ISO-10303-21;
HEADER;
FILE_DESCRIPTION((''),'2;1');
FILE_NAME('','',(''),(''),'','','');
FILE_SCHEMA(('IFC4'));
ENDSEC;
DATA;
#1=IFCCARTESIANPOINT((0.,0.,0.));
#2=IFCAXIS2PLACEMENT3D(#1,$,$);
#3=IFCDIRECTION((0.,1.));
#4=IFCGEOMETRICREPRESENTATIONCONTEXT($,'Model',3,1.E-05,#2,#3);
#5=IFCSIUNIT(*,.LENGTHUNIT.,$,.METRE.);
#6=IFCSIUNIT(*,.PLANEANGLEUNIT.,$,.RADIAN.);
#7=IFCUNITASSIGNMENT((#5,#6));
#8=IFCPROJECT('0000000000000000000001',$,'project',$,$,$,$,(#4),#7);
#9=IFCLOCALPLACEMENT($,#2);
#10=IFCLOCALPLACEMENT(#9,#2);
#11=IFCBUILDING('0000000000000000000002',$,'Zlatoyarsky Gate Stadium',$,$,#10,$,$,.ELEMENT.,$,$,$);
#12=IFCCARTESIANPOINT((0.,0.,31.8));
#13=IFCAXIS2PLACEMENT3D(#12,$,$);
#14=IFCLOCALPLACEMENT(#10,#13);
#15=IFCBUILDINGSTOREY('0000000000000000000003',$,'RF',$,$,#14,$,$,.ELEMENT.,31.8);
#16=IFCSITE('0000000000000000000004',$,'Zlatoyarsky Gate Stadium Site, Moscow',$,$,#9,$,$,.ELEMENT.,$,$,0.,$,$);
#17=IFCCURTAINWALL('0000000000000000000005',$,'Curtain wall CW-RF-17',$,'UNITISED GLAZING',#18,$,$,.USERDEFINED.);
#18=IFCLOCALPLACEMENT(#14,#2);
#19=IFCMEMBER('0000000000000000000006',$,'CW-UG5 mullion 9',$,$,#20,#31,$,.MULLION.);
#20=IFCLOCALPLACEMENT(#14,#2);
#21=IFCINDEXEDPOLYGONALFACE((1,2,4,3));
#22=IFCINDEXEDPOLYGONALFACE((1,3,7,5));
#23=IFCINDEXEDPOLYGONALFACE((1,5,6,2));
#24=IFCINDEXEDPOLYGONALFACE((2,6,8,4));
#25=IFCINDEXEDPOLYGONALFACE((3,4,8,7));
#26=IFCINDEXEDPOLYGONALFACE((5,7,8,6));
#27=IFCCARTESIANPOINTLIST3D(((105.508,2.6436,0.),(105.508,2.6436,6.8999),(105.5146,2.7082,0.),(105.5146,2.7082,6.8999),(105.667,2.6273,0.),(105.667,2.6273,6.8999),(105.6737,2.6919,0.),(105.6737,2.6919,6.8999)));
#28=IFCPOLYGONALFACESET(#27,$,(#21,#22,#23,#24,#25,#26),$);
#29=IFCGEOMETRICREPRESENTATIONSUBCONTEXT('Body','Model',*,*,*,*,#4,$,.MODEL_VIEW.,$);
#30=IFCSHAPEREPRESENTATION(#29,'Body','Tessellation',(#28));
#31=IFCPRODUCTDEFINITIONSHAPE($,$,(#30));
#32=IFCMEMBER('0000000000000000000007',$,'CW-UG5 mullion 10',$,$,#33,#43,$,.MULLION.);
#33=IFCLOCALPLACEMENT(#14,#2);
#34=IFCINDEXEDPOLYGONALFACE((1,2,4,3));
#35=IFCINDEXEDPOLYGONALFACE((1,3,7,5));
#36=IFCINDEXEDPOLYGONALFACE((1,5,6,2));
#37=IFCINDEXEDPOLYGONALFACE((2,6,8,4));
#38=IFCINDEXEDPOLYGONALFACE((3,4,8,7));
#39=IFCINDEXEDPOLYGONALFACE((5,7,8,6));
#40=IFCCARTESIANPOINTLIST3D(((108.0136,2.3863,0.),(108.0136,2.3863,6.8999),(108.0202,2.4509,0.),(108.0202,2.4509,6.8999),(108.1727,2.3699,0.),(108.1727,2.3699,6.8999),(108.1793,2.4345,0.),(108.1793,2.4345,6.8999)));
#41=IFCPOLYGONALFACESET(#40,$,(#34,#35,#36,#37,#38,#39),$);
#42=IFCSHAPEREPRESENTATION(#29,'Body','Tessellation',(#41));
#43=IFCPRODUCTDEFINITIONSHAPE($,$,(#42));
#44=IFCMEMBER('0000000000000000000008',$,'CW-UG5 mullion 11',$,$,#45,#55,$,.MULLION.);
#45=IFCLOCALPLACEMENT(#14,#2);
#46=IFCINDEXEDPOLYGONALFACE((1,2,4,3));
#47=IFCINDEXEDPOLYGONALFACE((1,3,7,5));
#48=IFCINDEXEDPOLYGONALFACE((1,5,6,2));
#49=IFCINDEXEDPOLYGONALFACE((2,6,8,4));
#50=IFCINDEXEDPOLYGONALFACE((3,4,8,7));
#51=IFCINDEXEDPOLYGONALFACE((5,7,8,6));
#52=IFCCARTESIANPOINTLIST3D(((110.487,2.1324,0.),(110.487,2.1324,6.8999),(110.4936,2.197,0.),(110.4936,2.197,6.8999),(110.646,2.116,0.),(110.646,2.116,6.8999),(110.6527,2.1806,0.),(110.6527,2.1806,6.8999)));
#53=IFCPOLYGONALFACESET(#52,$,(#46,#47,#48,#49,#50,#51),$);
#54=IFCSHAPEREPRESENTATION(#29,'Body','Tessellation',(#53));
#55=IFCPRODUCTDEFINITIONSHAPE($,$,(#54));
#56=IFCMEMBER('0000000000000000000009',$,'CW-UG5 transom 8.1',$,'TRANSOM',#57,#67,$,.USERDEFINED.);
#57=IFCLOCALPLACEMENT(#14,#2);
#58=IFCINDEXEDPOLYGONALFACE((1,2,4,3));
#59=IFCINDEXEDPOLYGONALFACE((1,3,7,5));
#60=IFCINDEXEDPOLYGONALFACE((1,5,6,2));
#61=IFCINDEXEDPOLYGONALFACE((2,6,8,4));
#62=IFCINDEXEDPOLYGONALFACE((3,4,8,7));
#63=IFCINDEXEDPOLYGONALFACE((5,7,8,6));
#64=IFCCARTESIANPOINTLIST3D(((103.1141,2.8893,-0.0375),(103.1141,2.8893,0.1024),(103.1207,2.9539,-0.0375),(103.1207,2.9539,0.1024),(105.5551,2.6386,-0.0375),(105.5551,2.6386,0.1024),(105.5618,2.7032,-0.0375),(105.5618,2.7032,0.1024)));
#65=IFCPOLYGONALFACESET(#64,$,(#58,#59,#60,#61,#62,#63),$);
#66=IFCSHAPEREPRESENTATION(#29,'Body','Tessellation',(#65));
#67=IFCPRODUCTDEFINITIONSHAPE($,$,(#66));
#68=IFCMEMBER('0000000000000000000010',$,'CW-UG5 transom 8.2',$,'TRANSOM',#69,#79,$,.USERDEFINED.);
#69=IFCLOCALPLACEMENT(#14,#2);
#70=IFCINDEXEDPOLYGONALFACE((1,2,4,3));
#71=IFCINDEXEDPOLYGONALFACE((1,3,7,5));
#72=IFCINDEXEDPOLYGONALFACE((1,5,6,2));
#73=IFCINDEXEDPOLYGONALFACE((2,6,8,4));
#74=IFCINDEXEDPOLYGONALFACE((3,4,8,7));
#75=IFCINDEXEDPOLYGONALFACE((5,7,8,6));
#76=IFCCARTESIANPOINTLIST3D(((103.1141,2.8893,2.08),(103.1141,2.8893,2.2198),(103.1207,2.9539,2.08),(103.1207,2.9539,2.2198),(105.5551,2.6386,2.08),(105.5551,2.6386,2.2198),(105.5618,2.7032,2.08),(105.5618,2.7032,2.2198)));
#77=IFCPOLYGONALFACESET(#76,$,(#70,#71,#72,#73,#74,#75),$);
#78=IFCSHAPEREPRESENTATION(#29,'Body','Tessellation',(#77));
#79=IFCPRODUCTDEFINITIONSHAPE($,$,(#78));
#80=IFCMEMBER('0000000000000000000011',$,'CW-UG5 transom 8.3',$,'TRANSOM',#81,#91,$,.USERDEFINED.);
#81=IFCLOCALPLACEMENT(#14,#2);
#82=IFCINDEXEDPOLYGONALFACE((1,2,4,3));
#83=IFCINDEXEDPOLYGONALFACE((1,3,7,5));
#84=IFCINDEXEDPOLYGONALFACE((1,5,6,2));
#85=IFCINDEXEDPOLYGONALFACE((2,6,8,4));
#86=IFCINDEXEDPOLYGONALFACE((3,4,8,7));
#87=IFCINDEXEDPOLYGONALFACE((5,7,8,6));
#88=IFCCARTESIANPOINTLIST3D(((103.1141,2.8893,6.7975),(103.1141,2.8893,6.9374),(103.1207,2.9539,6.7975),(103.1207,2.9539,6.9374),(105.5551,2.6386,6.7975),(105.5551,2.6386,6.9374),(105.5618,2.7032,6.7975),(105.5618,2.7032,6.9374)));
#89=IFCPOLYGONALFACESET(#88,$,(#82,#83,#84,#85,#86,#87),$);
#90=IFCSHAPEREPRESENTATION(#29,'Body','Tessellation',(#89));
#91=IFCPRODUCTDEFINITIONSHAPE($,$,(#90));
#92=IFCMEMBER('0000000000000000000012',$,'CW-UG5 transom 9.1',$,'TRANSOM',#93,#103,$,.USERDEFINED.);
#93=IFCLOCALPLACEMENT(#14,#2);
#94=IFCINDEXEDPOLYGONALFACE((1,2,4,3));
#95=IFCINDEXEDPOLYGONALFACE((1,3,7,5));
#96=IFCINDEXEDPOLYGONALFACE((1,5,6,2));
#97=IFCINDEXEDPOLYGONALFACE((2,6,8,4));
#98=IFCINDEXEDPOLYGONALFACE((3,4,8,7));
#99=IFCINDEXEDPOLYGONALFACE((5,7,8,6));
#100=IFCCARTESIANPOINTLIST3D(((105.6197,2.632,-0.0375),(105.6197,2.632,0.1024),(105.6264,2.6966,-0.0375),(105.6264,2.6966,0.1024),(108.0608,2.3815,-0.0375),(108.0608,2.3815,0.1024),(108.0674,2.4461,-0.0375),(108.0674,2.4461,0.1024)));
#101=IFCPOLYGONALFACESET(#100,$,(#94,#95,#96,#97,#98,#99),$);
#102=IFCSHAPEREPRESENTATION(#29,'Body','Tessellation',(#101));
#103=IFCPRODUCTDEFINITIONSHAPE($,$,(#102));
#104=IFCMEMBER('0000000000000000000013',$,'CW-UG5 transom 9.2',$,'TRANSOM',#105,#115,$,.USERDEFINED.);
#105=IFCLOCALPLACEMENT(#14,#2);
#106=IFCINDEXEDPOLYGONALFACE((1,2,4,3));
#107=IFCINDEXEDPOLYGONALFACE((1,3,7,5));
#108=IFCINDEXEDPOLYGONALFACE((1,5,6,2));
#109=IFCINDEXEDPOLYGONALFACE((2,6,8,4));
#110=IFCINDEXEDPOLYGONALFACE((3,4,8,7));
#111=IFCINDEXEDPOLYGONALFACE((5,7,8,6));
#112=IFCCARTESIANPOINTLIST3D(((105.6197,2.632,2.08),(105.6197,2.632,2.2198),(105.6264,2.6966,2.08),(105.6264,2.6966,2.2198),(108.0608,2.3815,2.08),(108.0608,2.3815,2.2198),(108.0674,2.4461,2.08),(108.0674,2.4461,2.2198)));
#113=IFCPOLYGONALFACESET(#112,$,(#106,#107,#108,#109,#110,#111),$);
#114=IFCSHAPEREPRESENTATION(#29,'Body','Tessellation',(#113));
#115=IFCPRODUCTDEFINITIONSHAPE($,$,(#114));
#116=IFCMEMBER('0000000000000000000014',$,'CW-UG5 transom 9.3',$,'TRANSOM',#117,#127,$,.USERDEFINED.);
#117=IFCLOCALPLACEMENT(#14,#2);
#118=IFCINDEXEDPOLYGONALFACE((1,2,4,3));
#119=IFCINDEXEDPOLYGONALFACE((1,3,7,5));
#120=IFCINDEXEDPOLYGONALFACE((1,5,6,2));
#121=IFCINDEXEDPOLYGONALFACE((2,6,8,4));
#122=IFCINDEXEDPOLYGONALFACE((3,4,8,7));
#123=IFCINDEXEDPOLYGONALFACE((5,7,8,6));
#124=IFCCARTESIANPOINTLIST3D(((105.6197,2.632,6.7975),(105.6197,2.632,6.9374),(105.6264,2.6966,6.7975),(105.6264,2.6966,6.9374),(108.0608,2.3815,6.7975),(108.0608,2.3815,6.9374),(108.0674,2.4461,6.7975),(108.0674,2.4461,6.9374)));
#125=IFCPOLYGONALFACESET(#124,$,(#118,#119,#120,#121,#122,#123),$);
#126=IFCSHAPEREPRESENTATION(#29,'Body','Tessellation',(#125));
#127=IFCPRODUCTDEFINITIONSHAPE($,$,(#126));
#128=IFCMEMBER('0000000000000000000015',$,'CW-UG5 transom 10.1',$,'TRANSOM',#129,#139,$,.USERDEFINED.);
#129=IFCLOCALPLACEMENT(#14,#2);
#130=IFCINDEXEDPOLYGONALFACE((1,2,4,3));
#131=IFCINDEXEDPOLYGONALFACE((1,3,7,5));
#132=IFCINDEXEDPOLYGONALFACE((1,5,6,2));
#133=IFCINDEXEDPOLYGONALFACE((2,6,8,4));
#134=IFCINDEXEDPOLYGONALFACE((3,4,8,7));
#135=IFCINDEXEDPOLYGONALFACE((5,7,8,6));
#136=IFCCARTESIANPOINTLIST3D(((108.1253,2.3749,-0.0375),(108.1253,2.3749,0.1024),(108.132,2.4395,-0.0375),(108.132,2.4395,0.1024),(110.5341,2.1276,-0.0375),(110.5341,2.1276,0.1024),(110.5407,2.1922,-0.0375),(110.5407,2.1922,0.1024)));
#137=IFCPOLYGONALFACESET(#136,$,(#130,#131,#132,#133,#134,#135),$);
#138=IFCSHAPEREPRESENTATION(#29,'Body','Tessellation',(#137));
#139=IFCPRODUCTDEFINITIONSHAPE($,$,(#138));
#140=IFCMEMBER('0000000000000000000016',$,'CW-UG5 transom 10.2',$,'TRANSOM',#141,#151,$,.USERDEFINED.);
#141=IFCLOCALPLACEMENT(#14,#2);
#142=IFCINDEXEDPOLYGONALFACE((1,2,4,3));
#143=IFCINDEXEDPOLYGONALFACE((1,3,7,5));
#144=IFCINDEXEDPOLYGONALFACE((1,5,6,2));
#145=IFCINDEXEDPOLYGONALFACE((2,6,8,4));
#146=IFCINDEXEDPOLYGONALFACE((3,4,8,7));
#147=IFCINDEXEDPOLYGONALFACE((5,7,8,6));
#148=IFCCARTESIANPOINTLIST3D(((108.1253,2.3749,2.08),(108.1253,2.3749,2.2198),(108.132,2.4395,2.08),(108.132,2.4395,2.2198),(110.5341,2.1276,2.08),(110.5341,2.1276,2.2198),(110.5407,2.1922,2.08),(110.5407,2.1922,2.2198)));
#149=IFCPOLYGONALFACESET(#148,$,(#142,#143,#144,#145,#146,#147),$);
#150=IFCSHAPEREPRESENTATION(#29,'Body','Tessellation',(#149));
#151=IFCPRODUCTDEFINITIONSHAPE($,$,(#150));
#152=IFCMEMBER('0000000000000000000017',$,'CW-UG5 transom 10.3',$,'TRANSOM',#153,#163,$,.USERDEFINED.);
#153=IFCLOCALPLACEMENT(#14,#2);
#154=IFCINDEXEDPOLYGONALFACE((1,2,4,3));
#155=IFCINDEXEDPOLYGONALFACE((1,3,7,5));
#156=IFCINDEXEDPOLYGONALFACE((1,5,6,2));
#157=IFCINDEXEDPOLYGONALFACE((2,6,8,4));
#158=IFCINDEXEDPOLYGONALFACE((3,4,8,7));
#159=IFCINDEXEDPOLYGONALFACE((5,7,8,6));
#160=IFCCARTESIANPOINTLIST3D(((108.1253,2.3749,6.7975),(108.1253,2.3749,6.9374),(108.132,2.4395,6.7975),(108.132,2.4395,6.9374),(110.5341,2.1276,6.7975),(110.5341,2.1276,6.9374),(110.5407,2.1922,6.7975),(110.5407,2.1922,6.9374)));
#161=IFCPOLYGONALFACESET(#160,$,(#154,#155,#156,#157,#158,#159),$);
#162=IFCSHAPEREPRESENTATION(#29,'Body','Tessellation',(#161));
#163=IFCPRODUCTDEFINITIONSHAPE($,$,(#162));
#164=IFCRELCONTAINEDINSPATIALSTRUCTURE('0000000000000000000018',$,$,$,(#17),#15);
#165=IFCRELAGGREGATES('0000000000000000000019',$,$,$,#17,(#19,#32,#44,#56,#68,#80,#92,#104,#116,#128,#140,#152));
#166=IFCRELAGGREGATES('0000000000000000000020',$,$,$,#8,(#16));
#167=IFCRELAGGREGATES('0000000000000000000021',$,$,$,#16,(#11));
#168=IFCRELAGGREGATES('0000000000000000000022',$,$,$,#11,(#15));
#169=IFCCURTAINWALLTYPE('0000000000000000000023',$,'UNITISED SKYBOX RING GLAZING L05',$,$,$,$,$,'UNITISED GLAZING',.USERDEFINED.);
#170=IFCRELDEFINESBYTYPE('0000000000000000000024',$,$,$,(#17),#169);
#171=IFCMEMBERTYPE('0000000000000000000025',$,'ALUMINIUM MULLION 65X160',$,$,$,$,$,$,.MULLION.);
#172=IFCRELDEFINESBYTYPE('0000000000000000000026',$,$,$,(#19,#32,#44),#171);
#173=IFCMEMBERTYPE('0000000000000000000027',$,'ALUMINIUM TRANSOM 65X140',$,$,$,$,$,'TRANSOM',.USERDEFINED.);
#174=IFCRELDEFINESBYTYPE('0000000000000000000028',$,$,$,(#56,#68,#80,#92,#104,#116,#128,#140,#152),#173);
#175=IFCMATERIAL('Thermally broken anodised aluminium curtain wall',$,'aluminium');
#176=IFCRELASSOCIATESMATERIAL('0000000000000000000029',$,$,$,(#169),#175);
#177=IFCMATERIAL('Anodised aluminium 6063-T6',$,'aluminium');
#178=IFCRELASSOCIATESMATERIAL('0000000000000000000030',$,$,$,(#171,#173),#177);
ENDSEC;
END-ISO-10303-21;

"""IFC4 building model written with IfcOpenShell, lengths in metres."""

from ifc_helpers import new_model, si_unit, direction, frame, origin, origin_2d, place, context, subcontext, project, spatial, rectangle, extrude, material, material_profile, profile_set, type_object, element, aggregate, save


model = new_model("IFC4")

# Units and contexts
model_context = context("Model", 3, precision=1e-05, world=origin(), true_north=direction((0.0, 1.0)))
body_context = subcontext(model_context, "Body", "Model", "MODEL_VIEW")
ifc_project = project(units=[si_unit("LENGTHUNIT", "METRE"), si_unit("PLANEANGLEUNIT", "RADIAN")], contexts=[model_context])

# Site, building, storey
site_placement = place(None, origin())
site = spatial("IfcSite", under=ifc_project, at=site_placement, Name="Zlatoyarsky Gate Stadium Site, Moscow", CompositionType="ELEMENT", RefElevation=0.0)
building_placement = place(site_placement, origin())
building = spatial("IfcBuilding", under=site, at=building_placement, Name="Zlatoyarsky Gate Stadium", CompositionType="ELEMENT")
storey_placement = place(building_placement, frame((0.0, 0.0, 31.8)))
storey = spatial("IfcBuildingStorey", under=building, at=storey_placement, Name="RF", CompositionType="ELEMENT", Elevation=31.8)

# Curtain wall, members
ifc_material_1 = material(Name="Thermally broken anodised aluminium curtain wall", Category="aluminium")
curtain_wall_type = type_object("IfcCurtainWallType", Name="UNITISED SKYBOX RING GLAZING L05", ElementType="UNITISED GLAZING", PredefinedType="USERDEFINED", material=ifc_material_1)
curtain_wall_placement = place(storey_placement, origin())
curtain_wall = element("IfcCurtainWall", 1, at=curtain_wall_placement, inside=storey, type_object=curtain_wall_type, Name="Curtain wall CW-RF-17", ObjectType="UNITISED GLAZING", PredefinedType="USERDEFINED")
ifc_material_2 = material(Name="Anodised aluminium 6063-T6", Category="aluminium")
ifc_material_profile_1 = material_profile(ifc_material_2, rectangle(XDim=0.0649, YDim=0.1599, at=origin_2d()), Name="ALU 65X160")
ifc_profile_set_1 = profile_set([ifc_material_profile_1], Name="Anodised aluminium 6063-T6")
member_type_1 = type_object("IfcMemberType", Name="ALUMINIUM MULLION 65X160", PredefinedType="MULLION", material=ifc_profile_set_1)
member_1_placement = place(storey_placement, frame((105.5908, 2.6677, 0.0), z_axis=(0.0, 0.0, 1.0), x_axis=(0.102125, 0.994772, 0.0)))
member_1 = element("IfcMember", 2, at=member_1_placement, type_object=member_type_1, Name="CW-UG5 mullion 9", PredefinedType="MULLION", context=body_context, shape_type="SweptSolid", body=[
    extrude(rectangle(XDim=0.0649, YDim=0.1599, at=origin_2d()), origin(), (0.0, 0.0, 1.0), 6.8999),
])
member_2_placement = place(storey_placement, frame((108.0964, 2.4104, 0.0), z_axis=(0.0, 0.0, 1.0), x_axis=(0.102125, 0.994772, 0.0)))
member_2 = element("IfcMember", 3, at=member_2_placement, type_object=member_type_1, Name="CW-UG5 mullion 10", PredefinedType="MULLION", context=body_context, shape_type="SweptSolid", body=[
    extrude(rectangle(XDim=0.0649, YDim=0.1599, at=origin_2d()), origin(), (0.0, 0.0, 1.0), 6.8999),
])
member_3_placement = place(storey_placement, frame((110.5698, 2.1565, 0.0), z_axis=(0.0, 0.0, 1.0), x_axis=(0.102125, 0.994772, 0.0)))
member_3 = element("IfcMember", 4, at=member_3_placement, type_object=member_type_1, Name="CW-UG5 mullion 11", PredefinedType="MULLION", context=body_context, shape_type="SweptSolid", body=[
    extrude(rectangle(XDim=0.0649, YDim=0.1599, at=origin_2d()), origin(), (0.0, 0.0, 1.0), 6.8999),
])
ifc_material_profile_2 = material_profile(ifc_material_2, rectangle(XDim=0.0649, YDim=0.1399, at=origin_2d()), Name="ALU 65X140")
ifc_profile_set_2 = profile_set([ifc_material_profile_2], Name="Anodised aluminium 6063-T6")
member_type_2 = type_object("IfcMemberType", Name="ALUMINIUM TRANSOM 65X140", ElementType="TRANSOM", PredefinedType="USERDEFINED", material=ifc_profile_set_2)
member_4_placement = place(storey_placement, frame((103.1174, 2.9216, 0.0325), z_axis=(0.994766, -0.102183, 0.0), x_axis=(0.102183, 0.994766, 0.0)))
member_4 = element("IfcMember", 5, at=member_4_placement, type_object=member_type_2, Name="CW-UG5 transom 8.1", ObjectType="TRANSOM", PredefinedType="USERDEFINED", context=body_context, shape_type="SweptSolid", body=[
    extrude(rectangle(XDim=0.0649, YDim=0.1399, at=origin_2d()), origin(), (0.0, 0.0, 1.0), 2.4539),
])
member_5_placement = place(storey_placement, frame((103.1174, 2.9216, 2.1499), z_axis=(0.994766, -0.102183, 0.0), x_axis=(0.102183, 0.994766, 0.0)))
member_5 = element("IfcMember", 6, at=member_5_placement, type_object=member_type_2, Name="CW-UG5 transom 8.2", ObjectType="TRANSOM", PredefinedType="USERDEFINED", context=body_context, shape_type="SweptSolid", body=[
    extrude(rectangle(XDim=0.0649, YDim=0.1399, at=origin_2d()), origin(), (0.0, 0.0, 1.0), 2.4539),
])
member_6_placement = place(storey_placement, frame((103.1174, 2.9216, 6.8674), z_axis=(0.994766, -0.102183, 0.0), x_axis=(0.102183, 0.994766, 0.0)))
member_6 = element("IfcMember", 7, at=member_6_placement, type_object=member_type_2, Name="CW-UG5 transom 8.3", ObjectType="TRANSOM", PredefinedType="USERDEFINED", context=body_context, shape_type="SweptSolid", body=[
    extrude(rectangle(XDim=0.0649, YDim=0.1399, at=origin_2d()), origin(), (0.0, 0.0, 1.0), 2.4539),
])
member_7_placement = place(storey_placement, frame((105.623, 2.6643, 0.0325), z_axis=(0.994776, -0.102084, 0.0), x_axis=(0.102084, 0.994776, 0.0)))
member_7 = element("IfcMember", 8, at=member_7_placement, type_object=member_type_2, Name="CW-UG5 transom 9.1", ObjectType="TRANSOM", PredefinedType="USERDEFINED", context=body_context, shape_type="SweptSolid", body=[
    extrude(rectangle(XDim=0.0649, YDim=0.1399, at=origin_2d()), origin(), (0.0, 0.0, 1.0), 2.4539),
])
member_8_placement = place(storey_placement, frame((105.623, 2.6643, 2.1499), z_axis=(0.994776, -0.102084, 0.0), x_axis=(0.102084, 0.994776, 0.0)))
member_8 = element("IfcMember", 9, at=member_8_placement, type_object=member_type_2, Name="CW-UG5 transom 9.2", ObjectType="TRANSOM", PredefinedType="USERDEFINED", context=body_context, shape_type="SweptSolid", body=[
    extrude(rectangle(XDim=0.0649, YDim=0.1399, at=origin_2d()), origin(), (0.0, 0.0, 1.0), 2.4539),
])
member_9_placement = place(storey_placement, frame((105.623, 2.6643, 6.8674), z_axis=(0.994776, -0.102084, 0.0), x_axis=(0.102084, 0.994776, 0.0)))
member_9 = element("IfcMember", 10, at=member_9_placement, type_object=member_type_2, Name="CW-UG5 transom 9.3", ObjectType="TRANSOM", PredefinedType="USERDEFINED", context=body_context, shape_type="SweptSolid", body=[
    extrude(rectangle(XDim=0.0649, YDim=0.1399, at=origin_2d()), origin(), (0.0, 0.0, 1.0), 2.4539),
])
member_10_placement = place(storey_placement, frame((108.1287, 2.4072, 0.0325), z_axis=(0.99477, -0.102139, 0.0), x_axis=(0.102139, 0.99477, 0.0)))
member_10 = element("IfcMember", 11, at=member_10_placement, type_object=member_type_2, Name="CW-UG5 transom 10.1", ObjectType="TRANSOM", PredefinedType="USERDEFINED", context=body_context, shape_type="SweptSolid", body=[
    extrude(rectangle(XDim=0.0649, YDim=0.1399, at=origin_2d()), origin(), (0.0, 0.0, 1.0), 2.4214),
])
member_11_placement = place(storey_placement, frame((108.1287, 2.4072, 2.1499), z_axis=(0.99477, -0.102139, 0.0), x_axis=(0.102139, 0.99477, 0.0)))
member_11 = element("IfcMember", 12, at=member_11_placement, type_object=member_type_2, Name="CW-UG5 transom 10.2", ObjectType="TRANSOM", PredefinedType="USERDEFINED", context=body_context, shape_type="SweptSolid", body=[
    extrude(rectangle(XDim=0.0649, YDim=0.1399, at=origin_2d()), origin(), (0.0, 0.0, 1.0), 2.4214),
])
member_12_placement = place(storey_placement, frame((108.1287, 2.4072, 6.8674), z_axis=(0.99477, -0.102139, 0.0), x_axis=(0.102139, 0.99477, 0.0)))
member_12 = element("IfcMember", 13, at=member_12_placement, type_object=member_type_2, Name="CW-UG5 transom 10.3", ObjectType="TRANSOM", PredefinedType="USERDEFINED", context=body_context, shape_type="SweptSolid", body=[
    extrude(rectangle(XDim=0.0649, YDim=0.1399, at=origin_2d()), origin(), (0.0, 0.0, 1.0), 2.4214),
])

aggregate(curtain_wall, [member_1, member_2, member_3, member_4, member_5, member_6, member_7, member_8, member_9, member_10, member_11, member_12])

save(model, "model.ifc")
